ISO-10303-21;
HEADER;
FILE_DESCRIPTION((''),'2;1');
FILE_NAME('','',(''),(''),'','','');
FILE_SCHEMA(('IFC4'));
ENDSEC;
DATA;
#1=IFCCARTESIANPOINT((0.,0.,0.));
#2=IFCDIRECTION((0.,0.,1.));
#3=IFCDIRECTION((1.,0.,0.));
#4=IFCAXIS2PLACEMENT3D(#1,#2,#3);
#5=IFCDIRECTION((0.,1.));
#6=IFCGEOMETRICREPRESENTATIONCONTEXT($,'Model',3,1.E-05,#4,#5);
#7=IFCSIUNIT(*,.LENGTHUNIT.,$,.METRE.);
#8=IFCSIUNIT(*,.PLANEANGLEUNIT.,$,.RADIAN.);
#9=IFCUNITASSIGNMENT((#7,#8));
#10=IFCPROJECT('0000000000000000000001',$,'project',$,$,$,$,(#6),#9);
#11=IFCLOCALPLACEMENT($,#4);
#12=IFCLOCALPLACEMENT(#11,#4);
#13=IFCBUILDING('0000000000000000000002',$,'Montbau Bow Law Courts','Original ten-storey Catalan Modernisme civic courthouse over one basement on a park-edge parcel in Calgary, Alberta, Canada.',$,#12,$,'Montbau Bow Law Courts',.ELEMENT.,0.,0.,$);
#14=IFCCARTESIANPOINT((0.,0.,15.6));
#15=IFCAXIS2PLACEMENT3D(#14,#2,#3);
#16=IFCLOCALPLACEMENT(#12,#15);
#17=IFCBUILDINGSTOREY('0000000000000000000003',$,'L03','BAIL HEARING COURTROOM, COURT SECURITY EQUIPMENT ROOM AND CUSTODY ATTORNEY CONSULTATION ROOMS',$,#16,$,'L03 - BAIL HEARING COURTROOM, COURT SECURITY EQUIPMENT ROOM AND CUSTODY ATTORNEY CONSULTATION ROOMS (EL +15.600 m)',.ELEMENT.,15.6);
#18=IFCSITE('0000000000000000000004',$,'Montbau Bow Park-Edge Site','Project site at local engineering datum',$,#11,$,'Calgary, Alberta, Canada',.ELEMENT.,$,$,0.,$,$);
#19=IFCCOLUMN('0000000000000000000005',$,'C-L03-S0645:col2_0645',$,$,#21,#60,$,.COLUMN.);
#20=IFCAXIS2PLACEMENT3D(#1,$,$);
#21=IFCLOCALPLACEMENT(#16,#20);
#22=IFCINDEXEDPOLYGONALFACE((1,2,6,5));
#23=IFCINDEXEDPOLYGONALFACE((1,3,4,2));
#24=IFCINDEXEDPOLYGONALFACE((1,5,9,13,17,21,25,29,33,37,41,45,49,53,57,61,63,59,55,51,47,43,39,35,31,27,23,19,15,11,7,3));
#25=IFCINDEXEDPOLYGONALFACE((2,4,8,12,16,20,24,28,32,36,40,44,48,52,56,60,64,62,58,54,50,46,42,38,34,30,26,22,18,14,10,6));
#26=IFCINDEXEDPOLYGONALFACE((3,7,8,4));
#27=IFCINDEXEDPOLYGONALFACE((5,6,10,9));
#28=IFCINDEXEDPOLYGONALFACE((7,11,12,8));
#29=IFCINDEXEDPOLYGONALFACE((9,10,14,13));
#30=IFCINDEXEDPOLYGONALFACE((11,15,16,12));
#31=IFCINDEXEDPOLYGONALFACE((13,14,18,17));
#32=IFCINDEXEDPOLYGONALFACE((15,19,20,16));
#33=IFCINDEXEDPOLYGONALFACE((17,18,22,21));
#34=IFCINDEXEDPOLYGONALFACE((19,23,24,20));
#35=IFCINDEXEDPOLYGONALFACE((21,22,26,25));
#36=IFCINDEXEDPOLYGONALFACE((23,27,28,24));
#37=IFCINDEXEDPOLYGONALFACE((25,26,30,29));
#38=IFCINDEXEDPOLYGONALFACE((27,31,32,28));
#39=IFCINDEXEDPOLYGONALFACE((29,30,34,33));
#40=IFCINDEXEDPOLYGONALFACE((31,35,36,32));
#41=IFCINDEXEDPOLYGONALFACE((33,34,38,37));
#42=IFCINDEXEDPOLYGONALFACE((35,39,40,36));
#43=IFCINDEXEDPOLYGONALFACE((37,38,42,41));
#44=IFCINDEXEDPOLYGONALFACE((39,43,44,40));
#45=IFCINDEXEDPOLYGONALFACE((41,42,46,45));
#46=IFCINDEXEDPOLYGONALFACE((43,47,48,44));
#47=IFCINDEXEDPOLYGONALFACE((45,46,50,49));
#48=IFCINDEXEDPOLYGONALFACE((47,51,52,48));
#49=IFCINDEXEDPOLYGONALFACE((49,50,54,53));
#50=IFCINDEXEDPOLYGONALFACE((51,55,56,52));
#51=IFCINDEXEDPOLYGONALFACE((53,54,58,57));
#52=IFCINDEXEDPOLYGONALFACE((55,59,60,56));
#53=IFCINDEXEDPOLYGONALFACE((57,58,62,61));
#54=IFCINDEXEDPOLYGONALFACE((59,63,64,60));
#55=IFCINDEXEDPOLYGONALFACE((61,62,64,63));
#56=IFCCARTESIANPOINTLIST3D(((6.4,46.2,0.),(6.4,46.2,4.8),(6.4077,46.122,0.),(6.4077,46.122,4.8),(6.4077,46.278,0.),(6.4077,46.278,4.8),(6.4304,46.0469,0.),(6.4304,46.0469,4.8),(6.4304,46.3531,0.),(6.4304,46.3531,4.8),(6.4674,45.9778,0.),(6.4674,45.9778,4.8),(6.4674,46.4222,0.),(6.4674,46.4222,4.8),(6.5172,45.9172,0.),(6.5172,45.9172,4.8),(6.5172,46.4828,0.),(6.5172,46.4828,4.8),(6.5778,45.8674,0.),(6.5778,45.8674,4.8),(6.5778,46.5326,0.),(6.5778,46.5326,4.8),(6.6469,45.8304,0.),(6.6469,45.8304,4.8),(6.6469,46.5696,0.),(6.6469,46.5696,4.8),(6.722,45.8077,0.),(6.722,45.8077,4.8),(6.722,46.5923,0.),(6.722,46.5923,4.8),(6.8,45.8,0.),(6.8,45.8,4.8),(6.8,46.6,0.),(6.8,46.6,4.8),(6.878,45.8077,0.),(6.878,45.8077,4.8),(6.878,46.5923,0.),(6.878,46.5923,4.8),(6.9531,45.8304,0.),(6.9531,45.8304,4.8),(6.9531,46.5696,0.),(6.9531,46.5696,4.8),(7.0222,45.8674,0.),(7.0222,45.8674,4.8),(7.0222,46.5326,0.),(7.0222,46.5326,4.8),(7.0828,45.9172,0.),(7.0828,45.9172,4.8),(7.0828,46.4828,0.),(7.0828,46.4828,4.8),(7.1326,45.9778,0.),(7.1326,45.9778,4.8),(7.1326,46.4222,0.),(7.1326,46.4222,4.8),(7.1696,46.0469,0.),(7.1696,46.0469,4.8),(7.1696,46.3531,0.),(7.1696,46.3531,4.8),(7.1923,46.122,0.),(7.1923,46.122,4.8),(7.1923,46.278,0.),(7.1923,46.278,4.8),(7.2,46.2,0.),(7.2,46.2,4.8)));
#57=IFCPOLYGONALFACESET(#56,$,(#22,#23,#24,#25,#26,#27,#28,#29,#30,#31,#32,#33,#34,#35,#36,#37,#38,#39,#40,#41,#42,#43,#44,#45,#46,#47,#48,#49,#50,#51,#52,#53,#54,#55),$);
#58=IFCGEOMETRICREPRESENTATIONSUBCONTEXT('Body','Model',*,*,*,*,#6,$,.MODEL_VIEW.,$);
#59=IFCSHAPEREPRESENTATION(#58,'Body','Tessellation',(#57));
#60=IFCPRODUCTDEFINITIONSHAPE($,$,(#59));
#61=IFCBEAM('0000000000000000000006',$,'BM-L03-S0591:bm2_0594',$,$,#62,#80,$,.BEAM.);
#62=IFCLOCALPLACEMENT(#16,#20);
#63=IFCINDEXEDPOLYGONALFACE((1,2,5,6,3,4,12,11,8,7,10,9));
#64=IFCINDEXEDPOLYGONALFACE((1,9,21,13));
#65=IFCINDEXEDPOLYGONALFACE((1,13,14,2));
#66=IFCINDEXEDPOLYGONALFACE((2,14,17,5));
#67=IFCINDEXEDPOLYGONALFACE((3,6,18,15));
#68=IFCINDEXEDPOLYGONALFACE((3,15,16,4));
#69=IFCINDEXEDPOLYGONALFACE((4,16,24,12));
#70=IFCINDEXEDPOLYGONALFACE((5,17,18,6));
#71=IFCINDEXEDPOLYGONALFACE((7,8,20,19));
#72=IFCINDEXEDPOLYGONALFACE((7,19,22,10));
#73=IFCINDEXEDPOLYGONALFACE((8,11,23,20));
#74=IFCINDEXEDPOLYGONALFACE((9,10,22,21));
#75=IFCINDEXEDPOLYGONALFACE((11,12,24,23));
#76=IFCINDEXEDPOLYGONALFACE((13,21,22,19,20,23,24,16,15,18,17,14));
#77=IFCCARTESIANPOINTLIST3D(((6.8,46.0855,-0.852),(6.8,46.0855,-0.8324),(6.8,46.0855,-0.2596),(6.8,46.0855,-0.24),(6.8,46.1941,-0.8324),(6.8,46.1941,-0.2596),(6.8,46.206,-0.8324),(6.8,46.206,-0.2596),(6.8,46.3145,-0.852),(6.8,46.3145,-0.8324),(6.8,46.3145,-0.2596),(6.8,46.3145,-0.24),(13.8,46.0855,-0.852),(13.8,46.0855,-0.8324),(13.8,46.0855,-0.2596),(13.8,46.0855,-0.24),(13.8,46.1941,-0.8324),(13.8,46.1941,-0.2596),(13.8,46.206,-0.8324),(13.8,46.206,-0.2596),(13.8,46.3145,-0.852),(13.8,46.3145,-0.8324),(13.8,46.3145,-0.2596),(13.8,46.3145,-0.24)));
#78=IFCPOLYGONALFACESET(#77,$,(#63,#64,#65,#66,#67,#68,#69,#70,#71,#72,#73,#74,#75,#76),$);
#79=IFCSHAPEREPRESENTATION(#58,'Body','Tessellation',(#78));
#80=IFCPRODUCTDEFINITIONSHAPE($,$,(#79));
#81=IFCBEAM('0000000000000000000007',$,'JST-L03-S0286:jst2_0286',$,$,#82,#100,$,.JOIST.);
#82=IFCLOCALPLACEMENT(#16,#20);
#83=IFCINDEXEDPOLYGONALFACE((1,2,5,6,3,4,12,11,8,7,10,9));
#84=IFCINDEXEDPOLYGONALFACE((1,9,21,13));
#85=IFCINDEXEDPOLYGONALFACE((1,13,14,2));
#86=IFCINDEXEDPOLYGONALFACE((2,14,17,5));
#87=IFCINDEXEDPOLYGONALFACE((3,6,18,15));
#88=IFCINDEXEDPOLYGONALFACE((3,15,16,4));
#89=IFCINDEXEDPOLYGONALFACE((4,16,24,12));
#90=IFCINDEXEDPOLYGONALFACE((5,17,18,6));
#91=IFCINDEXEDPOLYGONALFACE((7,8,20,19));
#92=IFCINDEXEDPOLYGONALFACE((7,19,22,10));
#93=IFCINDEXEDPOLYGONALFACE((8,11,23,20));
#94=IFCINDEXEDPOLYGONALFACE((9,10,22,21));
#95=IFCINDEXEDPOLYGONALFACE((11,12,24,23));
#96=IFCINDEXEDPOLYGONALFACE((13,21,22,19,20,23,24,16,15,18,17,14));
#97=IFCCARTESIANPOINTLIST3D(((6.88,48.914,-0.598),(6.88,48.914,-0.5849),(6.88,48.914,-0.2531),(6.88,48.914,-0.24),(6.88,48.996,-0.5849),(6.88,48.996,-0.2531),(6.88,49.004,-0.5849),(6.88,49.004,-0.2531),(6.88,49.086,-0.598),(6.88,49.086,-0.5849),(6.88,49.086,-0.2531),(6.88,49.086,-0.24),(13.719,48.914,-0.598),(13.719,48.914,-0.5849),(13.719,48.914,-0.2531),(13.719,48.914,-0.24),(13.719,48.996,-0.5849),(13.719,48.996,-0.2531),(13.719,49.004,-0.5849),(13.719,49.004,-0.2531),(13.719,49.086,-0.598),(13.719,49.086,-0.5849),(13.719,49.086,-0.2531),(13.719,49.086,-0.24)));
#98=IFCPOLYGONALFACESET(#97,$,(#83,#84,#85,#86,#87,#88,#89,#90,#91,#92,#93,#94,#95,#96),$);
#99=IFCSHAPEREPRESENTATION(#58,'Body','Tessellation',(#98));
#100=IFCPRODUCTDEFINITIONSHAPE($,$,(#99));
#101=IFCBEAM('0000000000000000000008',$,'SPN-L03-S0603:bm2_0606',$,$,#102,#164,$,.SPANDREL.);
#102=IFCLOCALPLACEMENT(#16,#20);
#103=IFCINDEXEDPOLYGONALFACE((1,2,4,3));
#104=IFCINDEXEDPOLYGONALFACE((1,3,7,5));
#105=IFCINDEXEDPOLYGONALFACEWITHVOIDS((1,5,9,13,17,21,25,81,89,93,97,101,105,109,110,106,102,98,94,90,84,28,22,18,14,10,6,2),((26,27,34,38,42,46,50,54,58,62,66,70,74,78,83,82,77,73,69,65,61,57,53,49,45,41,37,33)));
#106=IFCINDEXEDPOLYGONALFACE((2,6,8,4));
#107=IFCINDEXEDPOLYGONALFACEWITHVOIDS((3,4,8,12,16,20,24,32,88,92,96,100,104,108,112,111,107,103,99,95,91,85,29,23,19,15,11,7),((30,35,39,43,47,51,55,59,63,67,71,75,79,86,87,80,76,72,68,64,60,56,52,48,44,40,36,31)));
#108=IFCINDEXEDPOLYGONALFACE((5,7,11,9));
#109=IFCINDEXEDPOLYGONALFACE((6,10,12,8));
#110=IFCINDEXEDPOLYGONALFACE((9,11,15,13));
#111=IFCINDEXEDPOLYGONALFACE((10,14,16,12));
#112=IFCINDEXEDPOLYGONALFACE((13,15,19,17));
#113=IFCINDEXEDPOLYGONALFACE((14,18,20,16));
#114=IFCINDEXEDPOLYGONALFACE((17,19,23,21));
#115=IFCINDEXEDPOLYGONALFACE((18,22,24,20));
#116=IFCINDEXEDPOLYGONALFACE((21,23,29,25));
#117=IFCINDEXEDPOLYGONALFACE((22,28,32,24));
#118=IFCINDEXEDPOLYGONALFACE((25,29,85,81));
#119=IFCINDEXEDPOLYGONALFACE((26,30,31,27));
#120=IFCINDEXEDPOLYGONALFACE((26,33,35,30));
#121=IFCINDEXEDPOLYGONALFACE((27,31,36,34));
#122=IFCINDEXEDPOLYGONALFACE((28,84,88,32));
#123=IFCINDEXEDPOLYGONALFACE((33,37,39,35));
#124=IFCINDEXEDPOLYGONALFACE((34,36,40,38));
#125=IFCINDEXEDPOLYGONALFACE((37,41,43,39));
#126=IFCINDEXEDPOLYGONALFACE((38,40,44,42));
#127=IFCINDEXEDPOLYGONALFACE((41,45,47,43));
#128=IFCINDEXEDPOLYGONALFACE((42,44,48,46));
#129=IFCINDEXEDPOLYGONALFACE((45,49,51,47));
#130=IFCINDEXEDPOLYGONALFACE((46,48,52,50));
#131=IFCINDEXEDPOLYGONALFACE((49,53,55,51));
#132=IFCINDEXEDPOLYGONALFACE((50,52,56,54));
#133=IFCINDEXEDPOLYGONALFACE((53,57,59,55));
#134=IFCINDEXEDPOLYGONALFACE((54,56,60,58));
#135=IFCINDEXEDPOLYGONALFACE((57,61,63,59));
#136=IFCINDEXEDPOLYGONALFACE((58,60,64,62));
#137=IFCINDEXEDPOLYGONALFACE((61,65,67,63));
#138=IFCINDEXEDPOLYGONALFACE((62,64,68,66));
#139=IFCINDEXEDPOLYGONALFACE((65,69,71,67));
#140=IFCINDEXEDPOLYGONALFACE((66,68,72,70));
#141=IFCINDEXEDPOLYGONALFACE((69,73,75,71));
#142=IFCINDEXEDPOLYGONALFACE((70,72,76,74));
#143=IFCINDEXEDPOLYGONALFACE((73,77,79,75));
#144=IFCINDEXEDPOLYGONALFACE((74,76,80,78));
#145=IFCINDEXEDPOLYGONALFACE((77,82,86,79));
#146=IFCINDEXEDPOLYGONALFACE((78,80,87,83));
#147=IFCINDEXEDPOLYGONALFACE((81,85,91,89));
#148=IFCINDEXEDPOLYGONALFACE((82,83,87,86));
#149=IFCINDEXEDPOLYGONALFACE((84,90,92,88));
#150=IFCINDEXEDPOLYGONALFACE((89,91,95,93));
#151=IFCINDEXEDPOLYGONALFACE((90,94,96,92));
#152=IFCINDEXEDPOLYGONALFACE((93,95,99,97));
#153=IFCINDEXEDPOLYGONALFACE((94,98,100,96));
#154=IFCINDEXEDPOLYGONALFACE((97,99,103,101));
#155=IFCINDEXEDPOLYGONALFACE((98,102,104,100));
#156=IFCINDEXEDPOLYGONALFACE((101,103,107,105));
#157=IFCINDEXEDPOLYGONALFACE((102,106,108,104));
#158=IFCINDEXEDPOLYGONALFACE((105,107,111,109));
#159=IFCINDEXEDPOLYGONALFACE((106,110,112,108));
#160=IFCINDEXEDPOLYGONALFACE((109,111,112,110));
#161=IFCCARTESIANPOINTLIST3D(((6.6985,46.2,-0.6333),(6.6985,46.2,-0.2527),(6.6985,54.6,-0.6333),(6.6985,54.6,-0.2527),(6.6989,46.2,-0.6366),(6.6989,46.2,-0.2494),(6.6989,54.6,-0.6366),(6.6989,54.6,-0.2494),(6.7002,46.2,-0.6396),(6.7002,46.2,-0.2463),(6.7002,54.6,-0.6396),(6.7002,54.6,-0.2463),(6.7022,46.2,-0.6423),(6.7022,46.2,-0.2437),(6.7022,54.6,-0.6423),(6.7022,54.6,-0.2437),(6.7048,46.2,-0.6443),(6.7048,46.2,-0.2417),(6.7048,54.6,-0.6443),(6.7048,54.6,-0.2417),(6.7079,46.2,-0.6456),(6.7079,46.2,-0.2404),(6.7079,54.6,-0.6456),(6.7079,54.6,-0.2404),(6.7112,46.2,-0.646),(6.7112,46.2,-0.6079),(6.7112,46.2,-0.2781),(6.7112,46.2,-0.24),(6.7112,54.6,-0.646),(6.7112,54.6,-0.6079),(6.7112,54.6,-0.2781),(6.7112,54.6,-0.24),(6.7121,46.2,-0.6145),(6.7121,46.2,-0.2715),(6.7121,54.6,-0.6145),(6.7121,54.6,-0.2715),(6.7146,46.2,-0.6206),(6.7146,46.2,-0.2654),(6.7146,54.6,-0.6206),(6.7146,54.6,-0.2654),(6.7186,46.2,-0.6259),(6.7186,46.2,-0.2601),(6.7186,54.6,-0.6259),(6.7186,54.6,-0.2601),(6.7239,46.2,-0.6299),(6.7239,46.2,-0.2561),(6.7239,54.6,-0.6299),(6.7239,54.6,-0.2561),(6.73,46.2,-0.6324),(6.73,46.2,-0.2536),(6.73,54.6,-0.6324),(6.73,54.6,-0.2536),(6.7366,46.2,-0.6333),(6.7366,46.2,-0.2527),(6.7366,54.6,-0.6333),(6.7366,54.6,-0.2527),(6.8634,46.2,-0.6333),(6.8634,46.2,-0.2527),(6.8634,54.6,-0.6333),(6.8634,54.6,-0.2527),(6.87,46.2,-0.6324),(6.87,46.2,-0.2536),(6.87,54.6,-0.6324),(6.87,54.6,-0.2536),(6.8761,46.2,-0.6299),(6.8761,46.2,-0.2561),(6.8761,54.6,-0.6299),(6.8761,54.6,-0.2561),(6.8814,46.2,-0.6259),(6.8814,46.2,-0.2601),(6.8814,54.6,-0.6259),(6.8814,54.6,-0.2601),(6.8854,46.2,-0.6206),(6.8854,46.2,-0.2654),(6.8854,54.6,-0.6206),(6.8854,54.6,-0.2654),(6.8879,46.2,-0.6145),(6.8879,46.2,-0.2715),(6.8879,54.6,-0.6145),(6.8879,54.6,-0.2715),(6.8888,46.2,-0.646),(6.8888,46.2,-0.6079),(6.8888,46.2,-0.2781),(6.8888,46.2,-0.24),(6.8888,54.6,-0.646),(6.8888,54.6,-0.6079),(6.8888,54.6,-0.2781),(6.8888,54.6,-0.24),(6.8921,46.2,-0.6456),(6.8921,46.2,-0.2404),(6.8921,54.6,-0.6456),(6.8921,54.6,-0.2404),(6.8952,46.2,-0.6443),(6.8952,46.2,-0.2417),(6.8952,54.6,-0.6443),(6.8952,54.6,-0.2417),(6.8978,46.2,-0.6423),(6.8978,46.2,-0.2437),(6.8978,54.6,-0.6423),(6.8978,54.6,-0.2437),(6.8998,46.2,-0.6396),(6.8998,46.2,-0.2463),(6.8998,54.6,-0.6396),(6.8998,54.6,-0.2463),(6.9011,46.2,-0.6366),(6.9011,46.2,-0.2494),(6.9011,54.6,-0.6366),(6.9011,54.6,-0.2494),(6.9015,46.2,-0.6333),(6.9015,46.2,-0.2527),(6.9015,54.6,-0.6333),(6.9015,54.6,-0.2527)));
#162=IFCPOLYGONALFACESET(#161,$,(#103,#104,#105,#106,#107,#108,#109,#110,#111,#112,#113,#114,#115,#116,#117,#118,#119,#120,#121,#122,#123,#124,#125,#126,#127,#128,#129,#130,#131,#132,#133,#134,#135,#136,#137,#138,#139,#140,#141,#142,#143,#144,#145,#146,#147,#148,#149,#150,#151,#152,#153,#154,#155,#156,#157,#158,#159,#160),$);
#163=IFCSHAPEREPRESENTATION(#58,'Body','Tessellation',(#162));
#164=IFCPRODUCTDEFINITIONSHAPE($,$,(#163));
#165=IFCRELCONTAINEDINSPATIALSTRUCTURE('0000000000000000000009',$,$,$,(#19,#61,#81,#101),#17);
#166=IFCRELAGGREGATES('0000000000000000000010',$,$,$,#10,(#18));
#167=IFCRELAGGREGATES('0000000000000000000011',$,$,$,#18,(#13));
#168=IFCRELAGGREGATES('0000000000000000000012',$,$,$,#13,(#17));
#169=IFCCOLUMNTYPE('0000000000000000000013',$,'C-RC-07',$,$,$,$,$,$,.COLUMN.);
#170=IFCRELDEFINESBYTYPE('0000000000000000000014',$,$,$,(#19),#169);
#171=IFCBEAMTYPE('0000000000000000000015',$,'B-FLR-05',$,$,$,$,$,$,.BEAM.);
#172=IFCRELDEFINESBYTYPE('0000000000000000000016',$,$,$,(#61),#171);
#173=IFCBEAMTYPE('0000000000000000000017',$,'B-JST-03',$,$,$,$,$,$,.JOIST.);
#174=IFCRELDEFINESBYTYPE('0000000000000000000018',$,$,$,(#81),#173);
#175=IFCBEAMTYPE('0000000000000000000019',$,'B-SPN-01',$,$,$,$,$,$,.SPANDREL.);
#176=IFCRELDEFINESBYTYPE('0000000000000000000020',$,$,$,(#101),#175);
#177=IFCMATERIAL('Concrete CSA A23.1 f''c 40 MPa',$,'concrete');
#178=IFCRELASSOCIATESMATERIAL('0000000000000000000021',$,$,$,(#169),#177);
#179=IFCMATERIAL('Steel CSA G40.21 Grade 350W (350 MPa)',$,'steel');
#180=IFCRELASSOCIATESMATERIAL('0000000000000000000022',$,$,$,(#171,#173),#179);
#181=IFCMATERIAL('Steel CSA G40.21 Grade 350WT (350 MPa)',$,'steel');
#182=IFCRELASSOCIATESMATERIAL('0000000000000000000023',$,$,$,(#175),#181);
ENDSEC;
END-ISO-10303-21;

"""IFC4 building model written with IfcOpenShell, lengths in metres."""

from ifc_helpers import new_model, si_unit, direction, frame, origin_with_axes, origin_2d_with_axis, place, context, subcontext, project, spatial, hollow_rectangle, circle, i_section, extrude, material, material_profile, profile_set, type_object, element, save


model = new_model("IFC4")

# Units and contexts
model_context = context("Model", 3, precision=1e-05, world=origin_with_axes(), true_north=direction((0.0, 1.0)))
body_context = subcontext(model_context, "Body", "Model", "MODEL_VIEW")
ifc_project = project(units=[si_unit("LENGTHUNIT", "METRE"), si_unit("PLANEANGLEUNIT", "RADIAN")], contexts=[model_context])

# Site, building, storey
site_placement = place(None, origin_with_axes())
site = spatial("IfcSite", under=ifc_project, at=site_placement, Name="Montbau Bow Park-Edge Site", Description="Project site at local engineering datum", LongName="Calgary, Alberta, Canada", CompositionType="ELEMENT", RefElevation=0.0)
building_placement = place(site_placement, origin_with_axes())
building = spatial("IfcBuilding", under=site, at=building_placement, Name="Montbau Bow Law Courts", Description="Original ten-storey Catalan Modernisme civic courthouse over one basement on a park-edge parcel in Calgary, Alberta, Canada.", LongName="Montbau Bow Law Courts", CompositionType="ELEMENT", ElevationOfRefHeight=0.0, ElevationOfTerrain=0.0)
storey_placement = place(building_placement, frame((0.0, 0.0, 15.6), z_axis=(0.0, 0.0, 1.0), x_axis=(1.0, 0.0, 0.0)))
storey = spatial("IfcBuildingStorey", under=building, at=storey_placement, Name="L03", Description="BAIL HEARING COURTROOM, COURT SECURITY EQUIPMENT ROOM AND CUSTODY ATTORNEY CONSULTATION ROOMS", LongName="L03 - BAIL HEARING COURTROOM, COURT SECURITY EQUIPMENT ROOM AND CUSTODY ATTORNEY CONSULTATION ROOMS (EL +15.600 m)", CompositionType="ELEMENT", Elevation=15.6)

# Column
ifc_material_1 = material(Name="Concrete CSA A23.1 f'c 40 MPa", Category="concrete")
ifc_material_profile_1 = material_profile(ifc_material_1, circle(Radius=0.4, at=origin_2d_with_axis()), Name="RC800D", Category="Main", Priority=0)
ifc_profile_set_1 = profile_set([ifc_material_profile_1], Name="Concrete CSA A23.1 f'c 40 MPa")
column_type = type_object("IfcColumnType", Name="C-RC-07", PredefinedType="COLUMN", material=ifc_profile_set_1)
column_placement = place(None, frame((6.8, 46.2, 15.6), z_axis=(0.0, 0.0, 1.0), x_axis=(1.0, 0.0, 0.0)))
element("IfcColumn", 1, at=column_placement, inside=storey, type_object=column_type, Name="C-L03-S0645:col2_0645", PredefinedType="COLUMN", context=body_context, shape_type="SweptSolid", body=[
    extrude(circle(Radius=0.4, at=origin_2d_with_axis()), origin_with_axes(), (0.0, 0.0, 1.0), 4.8),
])

# Beams
ifc_material_2 = material(Name="Steel CSA G40.21 Grade 350W (350 MPa)", Category="steel")
ifc_material_profile_2 = material_profile(ifc_material_2, i_section(OverallWidth=0.229, OverallDepth=0.612, WebThickness=0.0119, FlangeThickness=0.0196, at=origin_2d_with_axis()), Name="W610X125", Category="Main", Priority=0)
ifc_profile_set_2 = profile_set([ifc_material_profile_2], Name="Steel CSA G40.21 Grade 350W (350 MPa)")
beam_type_1 = type_object("IfcBeamType", Name="B-FLR-05", PredefinedType="BEAM", material=ifc_profile_set_2)
beam_1_placement = place(None, frame((6.8, 46.2, 15.054), z_axis=(1.0, 0.0, 0.0), x_axis=(0.0, 1.0, 0.0)))
element("IfcBeam", 2, at=beam_1_placement, inside=storey, type_object=beam_type_1, Name="BM-L03-S0591:bm2_0594", PredefinedType="BEAM", context=body_context, shape_type="SweptSolid", body=[
    extrude(i_section(OverallWidth=0.229, OverallDepth=0.612, WebThickness=0.0119, FlangeThickness=0.0196, at=origin_2d_with_axis()), origin_with_axes(), (0.0, 0.0, 1.0), 7.0),
])
ifc_material_profile_3 = material_profile(ifc_material_2, i_section(OverallWidth=0.172, OverallDepth=0.358, WebThickness=0.0079, FlangeThickness=0.0131, at=origin_2d_with_axis()), Name="W360X57", Category="Main", Priority=0)
ifc_profile_set_3 = profile_set([ifc_material_profile_3], Name="Steel CSA G40.21 Grade 350W (350 MPa)")
beam_type_2 = type_object("IfcBeamType", Name="B-JST-03", PredefinedType="JOIST", material=ifc_profile_set_3)
beam_2_placement = place(None, frame((6.88, 49.0, 15.181), z_axis=(1.0, 0.0, 0.0), x_axis=(0.0, 1.0, 0.0)))
element("IfcBeam", 3, at=beam_2_placement, inside=storey, type_object=beam_type_2, Name="JST-L03-S0286:jst2_0286", PredefinedType="JOIST", context=body_context, shape_type="SweptSolid", body=[
    extrude(i_section(OverallWidth=0.172, OverallDepth=0.358, WebThickness=0.0079, FlangeThickness=0.0131, at=origin_2d_with_axis()), origin_with_axes(), (0.0, 0.0, 1.0), 6.839),
])
ifc_material_3 = material(Name="Steel CSA G40.21 Grade 350WT (350 MPa)", Category="steel")
ifc_material_profile_4 = material_profile(ifc_material_3, hollow_rectangle(XDim=0.203, YDim=0.406, WallThickness=0.0127, InnerFilletRadius=0.0254, OuterFilletRadius=0.0127, at=origin_2d_with_axis()), Name="HSS406X203X13", Category="Main", Priority=0)
ifc_profile_set_4 = profile_set([ifc_material_profile_4], Name="Steel CSA G40.21 Grade 350WT (350 MPa)")
beam_type_3 = type_object("IfcBeamType", Name="B-SPN-01", PredefinedType="SPANDREL", material=ifc_profile_set_4)
beam_3_placement = place(None, frame((6.8, 46.2, 15.157), z_axis=(0.0, 1.0, 0.0), x_axis=(-1.0, 0.0, 0.0)))
element("IfcBeam", 4, at=beam_3_placement, inside=storey, type_object=beam_type_3, Name="SPN-L03-S0603:bm2_0606", PredefinedType="SPANDREL", context=body_context, shape_type="SweptSolid", body=[
    extrude(hollow_rectangle(XDim=0.203, YDim=0.406, WallThickness=0.0127, InnerFilletRadius=0.0254, OuterFilletRadius=0.0127, at=origin_2d_with_axis()), origin_with_axes(), (0.0, 0.0, 1.0), 8.4),
])

save(model, "model.ifc")
